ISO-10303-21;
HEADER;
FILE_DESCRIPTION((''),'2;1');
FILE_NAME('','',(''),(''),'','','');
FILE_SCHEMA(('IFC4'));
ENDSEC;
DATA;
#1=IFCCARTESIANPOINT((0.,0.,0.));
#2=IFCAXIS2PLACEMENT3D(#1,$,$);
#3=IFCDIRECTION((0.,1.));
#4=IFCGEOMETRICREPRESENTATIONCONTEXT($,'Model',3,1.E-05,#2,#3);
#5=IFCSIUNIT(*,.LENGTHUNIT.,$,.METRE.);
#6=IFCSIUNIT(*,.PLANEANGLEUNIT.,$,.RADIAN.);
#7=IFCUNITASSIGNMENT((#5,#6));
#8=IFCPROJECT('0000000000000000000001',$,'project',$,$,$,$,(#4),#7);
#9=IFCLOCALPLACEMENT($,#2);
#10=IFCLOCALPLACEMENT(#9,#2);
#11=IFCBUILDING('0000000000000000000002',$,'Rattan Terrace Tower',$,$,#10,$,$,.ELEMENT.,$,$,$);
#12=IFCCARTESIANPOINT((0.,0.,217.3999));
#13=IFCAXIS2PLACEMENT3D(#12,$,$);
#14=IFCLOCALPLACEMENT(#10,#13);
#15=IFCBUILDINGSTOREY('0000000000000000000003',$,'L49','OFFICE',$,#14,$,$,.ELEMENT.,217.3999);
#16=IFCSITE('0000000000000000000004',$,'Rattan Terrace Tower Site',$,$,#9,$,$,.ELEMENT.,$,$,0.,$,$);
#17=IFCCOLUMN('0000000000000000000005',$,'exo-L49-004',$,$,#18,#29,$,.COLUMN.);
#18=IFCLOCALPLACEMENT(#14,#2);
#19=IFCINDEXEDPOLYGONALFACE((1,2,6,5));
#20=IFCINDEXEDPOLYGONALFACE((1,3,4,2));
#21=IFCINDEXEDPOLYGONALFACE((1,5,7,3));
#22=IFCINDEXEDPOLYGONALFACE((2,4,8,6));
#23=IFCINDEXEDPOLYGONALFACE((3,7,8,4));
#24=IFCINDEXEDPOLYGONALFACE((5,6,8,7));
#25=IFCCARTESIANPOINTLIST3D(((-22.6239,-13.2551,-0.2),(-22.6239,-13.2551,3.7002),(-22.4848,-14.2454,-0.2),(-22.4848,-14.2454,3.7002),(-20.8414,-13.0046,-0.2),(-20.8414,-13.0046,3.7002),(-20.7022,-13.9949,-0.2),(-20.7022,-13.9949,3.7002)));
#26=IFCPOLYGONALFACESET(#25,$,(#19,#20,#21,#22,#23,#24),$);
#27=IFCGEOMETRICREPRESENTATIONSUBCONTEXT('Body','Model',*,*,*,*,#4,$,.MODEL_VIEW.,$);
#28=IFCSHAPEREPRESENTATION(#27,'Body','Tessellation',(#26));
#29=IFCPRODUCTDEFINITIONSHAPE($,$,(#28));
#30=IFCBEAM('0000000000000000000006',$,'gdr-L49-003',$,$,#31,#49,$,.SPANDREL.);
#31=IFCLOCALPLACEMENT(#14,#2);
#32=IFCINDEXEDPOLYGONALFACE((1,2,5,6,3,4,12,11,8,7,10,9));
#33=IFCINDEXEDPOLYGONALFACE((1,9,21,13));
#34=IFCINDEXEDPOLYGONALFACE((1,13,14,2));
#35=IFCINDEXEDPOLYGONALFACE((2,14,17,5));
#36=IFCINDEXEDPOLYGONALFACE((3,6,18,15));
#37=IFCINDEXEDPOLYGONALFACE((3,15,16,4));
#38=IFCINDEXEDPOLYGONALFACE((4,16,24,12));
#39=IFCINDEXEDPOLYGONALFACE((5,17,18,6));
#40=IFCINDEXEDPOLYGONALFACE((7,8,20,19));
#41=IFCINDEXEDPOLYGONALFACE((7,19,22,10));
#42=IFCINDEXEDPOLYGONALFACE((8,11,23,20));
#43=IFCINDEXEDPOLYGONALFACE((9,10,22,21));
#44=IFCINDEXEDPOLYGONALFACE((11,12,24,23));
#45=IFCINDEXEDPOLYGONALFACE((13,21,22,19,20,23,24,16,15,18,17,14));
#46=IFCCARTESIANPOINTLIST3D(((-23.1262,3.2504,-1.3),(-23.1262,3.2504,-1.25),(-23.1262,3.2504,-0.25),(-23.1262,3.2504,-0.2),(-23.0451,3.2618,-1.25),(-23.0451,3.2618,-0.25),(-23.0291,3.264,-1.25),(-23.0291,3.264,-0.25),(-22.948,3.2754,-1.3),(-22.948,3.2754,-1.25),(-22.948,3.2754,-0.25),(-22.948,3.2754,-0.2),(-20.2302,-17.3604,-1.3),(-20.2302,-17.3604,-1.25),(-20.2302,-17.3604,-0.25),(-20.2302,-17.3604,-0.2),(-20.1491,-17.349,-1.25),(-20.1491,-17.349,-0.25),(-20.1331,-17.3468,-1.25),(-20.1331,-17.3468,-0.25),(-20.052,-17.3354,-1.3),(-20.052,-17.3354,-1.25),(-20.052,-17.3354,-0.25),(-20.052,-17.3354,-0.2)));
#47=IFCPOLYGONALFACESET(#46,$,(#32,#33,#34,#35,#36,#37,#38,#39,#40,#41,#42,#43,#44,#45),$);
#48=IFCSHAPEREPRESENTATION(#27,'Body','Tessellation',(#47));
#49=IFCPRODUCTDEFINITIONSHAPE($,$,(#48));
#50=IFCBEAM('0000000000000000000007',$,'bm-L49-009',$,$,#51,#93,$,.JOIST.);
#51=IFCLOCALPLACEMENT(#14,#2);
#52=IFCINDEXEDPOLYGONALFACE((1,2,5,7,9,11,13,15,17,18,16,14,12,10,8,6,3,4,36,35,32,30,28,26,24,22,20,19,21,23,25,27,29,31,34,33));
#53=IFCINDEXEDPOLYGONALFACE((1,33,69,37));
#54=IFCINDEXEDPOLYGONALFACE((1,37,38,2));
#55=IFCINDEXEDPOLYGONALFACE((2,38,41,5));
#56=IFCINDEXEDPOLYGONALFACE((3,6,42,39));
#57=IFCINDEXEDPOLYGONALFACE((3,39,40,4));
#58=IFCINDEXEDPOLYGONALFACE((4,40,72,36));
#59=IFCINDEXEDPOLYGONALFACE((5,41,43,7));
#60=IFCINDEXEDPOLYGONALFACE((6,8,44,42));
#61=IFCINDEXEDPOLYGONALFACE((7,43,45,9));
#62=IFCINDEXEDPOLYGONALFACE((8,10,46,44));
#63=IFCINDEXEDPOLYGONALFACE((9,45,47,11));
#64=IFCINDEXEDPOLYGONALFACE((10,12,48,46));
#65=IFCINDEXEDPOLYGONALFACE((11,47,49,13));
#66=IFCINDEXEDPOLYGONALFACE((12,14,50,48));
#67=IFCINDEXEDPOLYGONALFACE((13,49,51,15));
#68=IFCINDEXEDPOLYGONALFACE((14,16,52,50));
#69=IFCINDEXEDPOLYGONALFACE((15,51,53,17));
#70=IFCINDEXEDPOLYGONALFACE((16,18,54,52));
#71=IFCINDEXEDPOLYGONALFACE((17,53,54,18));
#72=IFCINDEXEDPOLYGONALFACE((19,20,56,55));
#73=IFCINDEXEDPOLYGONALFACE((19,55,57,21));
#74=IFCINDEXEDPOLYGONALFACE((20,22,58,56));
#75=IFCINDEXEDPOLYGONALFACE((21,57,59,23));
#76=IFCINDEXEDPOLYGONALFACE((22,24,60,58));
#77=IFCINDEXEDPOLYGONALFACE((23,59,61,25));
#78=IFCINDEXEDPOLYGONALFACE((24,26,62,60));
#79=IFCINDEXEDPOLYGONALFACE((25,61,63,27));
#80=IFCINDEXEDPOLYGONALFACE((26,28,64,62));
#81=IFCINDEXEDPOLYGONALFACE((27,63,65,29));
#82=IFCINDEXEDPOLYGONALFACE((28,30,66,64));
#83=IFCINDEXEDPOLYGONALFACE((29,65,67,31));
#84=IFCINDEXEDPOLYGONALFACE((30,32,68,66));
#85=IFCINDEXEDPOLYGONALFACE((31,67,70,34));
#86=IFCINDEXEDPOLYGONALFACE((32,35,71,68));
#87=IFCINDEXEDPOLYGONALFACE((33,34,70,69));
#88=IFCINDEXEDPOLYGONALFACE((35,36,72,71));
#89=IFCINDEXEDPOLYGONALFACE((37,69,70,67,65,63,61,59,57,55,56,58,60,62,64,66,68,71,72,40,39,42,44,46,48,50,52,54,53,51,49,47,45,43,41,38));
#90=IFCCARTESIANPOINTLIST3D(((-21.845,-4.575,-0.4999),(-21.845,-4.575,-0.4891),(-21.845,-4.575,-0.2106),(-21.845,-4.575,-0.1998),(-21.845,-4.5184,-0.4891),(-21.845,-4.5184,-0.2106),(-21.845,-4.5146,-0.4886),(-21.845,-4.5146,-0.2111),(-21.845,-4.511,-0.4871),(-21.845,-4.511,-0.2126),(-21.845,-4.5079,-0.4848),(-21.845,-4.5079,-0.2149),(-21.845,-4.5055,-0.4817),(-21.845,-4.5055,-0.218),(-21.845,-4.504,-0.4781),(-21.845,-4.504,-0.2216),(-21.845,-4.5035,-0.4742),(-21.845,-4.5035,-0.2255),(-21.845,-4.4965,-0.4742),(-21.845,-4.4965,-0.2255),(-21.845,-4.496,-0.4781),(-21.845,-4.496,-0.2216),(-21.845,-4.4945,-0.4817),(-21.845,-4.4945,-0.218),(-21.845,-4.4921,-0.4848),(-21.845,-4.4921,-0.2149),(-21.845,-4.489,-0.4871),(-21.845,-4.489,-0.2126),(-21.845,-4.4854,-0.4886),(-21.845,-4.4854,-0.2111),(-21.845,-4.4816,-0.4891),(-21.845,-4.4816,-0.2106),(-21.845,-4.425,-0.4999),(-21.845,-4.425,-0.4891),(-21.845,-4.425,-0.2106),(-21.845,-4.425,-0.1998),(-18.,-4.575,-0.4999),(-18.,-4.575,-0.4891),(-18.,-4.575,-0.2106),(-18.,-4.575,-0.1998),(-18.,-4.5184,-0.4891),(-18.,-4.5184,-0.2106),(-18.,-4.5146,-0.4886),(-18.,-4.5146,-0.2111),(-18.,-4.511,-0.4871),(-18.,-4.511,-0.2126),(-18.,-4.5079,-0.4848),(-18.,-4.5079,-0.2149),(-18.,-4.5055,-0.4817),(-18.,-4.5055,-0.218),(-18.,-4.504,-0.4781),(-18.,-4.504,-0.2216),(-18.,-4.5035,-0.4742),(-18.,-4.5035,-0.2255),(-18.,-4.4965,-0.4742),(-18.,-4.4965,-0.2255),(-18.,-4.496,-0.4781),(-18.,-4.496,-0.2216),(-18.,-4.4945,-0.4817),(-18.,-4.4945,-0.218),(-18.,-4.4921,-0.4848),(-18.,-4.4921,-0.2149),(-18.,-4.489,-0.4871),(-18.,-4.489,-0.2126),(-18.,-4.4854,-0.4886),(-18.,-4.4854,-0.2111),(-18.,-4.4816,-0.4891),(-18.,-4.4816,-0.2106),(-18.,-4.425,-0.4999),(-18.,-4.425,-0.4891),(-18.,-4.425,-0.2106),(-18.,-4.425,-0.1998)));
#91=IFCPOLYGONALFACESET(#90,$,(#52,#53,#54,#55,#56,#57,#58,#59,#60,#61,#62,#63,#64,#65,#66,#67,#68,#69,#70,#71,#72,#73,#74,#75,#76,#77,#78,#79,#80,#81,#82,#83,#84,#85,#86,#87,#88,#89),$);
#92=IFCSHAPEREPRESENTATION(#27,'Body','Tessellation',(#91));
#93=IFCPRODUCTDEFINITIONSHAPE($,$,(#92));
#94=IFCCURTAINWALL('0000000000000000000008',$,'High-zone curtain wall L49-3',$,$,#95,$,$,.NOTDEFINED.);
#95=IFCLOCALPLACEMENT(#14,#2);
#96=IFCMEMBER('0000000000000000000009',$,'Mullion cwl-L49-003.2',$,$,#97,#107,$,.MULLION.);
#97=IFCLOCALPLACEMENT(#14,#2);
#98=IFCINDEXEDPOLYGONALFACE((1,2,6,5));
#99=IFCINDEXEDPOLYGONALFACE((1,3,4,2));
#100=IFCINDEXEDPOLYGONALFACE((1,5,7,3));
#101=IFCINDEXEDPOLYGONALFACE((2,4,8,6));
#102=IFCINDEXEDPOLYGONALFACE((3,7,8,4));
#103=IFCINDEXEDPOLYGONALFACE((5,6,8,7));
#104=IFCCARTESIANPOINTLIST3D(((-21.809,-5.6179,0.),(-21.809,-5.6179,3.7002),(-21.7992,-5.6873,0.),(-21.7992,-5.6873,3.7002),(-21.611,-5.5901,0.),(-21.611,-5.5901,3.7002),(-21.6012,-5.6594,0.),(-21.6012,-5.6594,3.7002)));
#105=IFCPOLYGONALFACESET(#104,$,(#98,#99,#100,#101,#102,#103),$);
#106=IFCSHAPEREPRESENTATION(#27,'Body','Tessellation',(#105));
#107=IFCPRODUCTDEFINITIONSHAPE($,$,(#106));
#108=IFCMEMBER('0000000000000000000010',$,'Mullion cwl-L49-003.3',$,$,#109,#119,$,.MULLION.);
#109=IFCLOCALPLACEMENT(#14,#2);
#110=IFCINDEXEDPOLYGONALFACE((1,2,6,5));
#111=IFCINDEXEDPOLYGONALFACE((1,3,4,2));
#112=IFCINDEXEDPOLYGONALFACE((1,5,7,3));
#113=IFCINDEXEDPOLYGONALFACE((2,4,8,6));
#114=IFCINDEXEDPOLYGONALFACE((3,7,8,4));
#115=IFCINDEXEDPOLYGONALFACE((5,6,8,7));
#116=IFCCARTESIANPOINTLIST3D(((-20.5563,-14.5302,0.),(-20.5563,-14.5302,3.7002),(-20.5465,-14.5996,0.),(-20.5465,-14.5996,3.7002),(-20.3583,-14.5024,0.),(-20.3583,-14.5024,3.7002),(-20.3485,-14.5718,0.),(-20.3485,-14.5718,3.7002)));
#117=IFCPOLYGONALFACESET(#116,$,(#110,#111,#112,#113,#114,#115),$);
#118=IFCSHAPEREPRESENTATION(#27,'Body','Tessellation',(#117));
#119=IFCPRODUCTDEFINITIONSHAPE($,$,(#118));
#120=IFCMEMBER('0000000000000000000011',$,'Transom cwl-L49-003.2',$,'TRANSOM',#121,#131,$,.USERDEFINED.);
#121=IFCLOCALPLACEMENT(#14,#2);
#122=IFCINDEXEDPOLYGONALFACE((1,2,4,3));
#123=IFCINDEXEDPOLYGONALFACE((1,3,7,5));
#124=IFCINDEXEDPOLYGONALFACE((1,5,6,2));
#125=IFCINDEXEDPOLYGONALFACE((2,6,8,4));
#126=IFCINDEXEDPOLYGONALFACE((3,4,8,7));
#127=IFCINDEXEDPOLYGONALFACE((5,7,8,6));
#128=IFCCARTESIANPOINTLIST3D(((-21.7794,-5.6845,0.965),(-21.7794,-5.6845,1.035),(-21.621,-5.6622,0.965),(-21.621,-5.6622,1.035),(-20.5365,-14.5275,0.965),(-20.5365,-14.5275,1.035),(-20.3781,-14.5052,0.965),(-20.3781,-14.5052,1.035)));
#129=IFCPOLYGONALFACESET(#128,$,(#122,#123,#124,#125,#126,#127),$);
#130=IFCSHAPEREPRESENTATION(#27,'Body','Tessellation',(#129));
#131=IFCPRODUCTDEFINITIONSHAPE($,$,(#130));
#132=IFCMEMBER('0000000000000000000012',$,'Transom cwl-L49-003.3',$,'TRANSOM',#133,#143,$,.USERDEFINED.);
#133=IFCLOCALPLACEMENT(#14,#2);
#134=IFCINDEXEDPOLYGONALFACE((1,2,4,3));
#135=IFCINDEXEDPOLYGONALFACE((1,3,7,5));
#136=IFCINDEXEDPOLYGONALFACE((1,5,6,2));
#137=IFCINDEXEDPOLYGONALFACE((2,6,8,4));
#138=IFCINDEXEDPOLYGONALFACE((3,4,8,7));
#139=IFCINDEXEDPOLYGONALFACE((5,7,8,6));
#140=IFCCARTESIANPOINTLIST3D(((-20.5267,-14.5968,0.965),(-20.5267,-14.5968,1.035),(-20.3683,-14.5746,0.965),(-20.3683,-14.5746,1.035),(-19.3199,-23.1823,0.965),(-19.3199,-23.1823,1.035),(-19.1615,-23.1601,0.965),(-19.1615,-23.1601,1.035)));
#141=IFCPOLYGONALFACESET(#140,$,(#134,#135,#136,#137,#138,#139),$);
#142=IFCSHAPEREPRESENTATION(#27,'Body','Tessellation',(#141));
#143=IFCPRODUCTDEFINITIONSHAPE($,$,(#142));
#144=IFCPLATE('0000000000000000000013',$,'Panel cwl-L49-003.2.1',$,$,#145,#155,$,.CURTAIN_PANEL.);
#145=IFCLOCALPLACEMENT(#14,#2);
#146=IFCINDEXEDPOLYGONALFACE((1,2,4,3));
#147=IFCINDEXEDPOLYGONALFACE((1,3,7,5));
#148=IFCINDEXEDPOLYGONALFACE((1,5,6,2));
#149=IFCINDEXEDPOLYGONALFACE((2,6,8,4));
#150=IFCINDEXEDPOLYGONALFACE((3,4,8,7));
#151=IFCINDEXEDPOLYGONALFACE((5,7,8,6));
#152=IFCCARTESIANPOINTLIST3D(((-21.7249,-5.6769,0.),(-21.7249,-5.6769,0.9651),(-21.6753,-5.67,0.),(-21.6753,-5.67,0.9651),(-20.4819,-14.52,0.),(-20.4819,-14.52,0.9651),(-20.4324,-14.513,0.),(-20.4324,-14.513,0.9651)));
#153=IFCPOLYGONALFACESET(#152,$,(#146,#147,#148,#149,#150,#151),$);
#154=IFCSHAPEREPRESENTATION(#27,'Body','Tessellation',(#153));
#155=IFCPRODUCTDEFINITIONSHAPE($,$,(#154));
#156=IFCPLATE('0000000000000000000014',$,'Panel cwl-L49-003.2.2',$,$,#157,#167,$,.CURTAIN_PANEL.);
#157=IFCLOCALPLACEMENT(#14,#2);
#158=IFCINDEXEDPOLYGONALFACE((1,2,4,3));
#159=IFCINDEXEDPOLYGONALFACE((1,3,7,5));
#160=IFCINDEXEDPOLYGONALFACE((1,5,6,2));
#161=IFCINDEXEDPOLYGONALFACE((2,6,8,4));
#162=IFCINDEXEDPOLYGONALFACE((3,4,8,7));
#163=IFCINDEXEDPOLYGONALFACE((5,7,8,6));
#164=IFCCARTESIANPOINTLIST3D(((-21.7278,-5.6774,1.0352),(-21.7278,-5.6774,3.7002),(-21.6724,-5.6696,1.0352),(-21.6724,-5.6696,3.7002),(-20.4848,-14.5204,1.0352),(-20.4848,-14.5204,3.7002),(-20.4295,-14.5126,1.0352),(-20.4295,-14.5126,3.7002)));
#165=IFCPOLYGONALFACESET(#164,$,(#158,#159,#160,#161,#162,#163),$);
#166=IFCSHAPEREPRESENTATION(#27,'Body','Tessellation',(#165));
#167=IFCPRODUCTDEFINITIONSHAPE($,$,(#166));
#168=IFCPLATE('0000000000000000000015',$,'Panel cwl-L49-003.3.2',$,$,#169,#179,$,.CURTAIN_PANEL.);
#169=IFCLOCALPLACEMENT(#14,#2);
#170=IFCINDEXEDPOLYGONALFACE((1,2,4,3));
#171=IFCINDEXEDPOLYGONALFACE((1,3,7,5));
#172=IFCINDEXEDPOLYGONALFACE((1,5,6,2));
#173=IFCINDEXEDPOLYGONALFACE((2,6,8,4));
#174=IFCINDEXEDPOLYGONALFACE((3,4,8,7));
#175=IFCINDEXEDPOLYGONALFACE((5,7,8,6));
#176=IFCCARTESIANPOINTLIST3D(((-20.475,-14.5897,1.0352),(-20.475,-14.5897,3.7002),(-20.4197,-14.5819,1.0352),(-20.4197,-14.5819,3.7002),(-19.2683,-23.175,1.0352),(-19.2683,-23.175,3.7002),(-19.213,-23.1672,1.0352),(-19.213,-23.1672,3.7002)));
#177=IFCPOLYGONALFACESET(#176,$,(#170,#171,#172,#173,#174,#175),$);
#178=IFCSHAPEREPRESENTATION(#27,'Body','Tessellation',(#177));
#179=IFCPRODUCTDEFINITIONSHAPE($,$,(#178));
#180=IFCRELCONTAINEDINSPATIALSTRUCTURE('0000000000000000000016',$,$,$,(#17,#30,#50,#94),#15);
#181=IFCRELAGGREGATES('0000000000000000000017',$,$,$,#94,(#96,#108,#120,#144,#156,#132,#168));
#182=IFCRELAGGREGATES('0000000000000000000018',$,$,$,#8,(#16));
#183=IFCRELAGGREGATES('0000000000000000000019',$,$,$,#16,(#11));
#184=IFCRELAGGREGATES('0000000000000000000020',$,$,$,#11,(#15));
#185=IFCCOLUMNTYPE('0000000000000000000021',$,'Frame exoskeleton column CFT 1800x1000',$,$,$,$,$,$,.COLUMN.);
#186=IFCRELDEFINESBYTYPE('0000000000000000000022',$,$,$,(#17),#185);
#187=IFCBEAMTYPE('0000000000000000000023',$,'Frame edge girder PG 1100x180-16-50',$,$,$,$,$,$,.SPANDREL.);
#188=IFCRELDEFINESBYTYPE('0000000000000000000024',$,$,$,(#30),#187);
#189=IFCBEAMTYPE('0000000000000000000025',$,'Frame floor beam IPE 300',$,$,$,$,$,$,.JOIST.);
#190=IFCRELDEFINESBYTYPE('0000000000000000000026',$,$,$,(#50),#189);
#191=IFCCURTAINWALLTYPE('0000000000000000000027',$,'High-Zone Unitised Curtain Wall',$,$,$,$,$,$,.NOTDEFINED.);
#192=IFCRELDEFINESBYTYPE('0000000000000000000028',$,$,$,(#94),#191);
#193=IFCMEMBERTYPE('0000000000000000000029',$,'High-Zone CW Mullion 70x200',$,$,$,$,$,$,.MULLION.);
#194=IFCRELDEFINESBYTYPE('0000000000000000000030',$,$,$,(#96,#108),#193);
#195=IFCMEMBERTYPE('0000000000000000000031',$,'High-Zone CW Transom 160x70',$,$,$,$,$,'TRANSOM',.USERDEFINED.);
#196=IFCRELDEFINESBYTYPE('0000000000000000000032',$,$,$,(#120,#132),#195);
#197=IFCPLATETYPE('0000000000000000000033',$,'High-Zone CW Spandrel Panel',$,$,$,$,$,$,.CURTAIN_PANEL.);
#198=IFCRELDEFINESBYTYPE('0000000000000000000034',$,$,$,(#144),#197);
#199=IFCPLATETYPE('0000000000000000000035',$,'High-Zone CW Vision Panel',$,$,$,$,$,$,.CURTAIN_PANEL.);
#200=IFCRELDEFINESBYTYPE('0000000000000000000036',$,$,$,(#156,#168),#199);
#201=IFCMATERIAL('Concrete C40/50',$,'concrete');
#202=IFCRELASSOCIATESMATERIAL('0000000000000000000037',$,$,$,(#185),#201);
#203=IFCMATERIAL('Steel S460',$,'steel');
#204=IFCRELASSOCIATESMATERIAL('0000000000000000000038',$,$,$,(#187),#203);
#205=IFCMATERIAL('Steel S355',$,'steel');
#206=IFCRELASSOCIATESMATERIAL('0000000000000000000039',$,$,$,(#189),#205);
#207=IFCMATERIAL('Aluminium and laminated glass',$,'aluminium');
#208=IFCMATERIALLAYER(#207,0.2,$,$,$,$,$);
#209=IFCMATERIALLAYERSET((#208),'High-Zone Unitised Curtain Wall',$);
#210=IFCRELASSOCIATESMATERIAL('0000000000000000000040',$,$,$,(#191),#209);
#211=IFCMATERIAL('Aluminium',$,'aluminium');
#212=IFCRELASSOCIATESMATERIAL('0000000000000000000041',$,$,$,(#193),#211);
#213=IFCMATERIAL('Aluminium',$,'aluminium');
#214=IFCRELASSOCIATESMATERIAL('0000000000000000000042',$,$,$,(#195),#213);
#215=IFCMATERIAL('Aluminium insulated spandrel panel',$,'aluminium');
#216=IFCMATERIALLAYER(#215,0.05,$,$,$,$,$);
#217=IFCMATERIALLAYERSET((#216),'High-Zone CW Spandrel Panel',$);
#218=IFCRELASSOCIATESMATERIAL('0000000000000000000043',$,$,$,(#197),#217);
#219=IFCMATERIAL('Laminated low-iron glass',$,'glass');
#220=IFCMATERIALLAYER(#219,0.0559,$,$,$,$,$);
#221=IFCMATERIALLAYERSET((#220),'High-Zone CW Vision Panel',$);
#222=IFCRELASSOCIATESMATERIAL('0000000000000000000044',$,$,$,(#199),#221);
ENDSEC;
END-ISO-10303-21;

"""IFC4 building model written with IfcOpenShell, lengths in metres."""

from ifc_helpers import new_model, si_unit, direction, frame, origin, origin_2d, place, context, subcontext, project, spatial, rectangle, i_section, extrude, material, layer, layer_set, material_profile, profile_set, type_object, element, aggregate, save


model = new_model("IFC4")

# Units and contexts
model_context = context("Model", 3, precision=1e-05, world=origin(), true_north=direction((0.0, 1.0)))
body_context = subcontext(model_context, "Body", "Model", "MODEL_VIEW")
ifc_project = project(units=[si_unit("LENGTHUNIT", "METRE"), si_unit("PLANEANGLEUNIT", "RADIAN")], contexts=[model_context])

# Site, building, storey
site_placement = place(None, origin())
site = spatial("IfcSite", under=ifc_project, at=site_placement, Name="Rattan Terrace Tower Site", CompositionType="ELEMENT", RefElevation=0.0)
building_placement = place(site_placement, origin())
building = spatial("IfcBuilding", under=site, at=building_placement, Name="Rattan Terrace Tower", CompositionType="ELEMENT")
storey_placement = place(building_placement, frame((0.0, 0.0, 217.3999)))
storey = spatial("IfcBuildingStorey", under=building, at=storey_placement, Name="L49", Description="OFFICE", CompositionType="ELEMENT", Elevation=217.3999)

# Column
ifc_material_1 = material(Name="Concrete C40/50", Category="concrete")
ifc_material_profile_1 = material_profile(ifc_material_1, rectangle(XDim=1.0, YDim=1.8, at=origin_2d()), Name="CFT 1800x1000")
ifc_profile_set_1 = profile_set([ifc_material_profile_1], Name="Concrete C40/50")
column_type = type_object("IfcColumnType", Name="Frame exoskeleton column CFT 1800x1000", PredefinedType="COLUMN", material=ifc_profile_set_1)
column_placement = place(storey_placement, frame((-21.6631, -13.625, -0.2), z_axis=(0.0, 0.0, 1.0), x_axis=(-0.13919, 0.990266, 0.0)))
element("IfcColumn", 1, at=column_placement, inside=storey, type_object=column_type, Name="exo-L49-004", PredefinedType="COLUMN", context=body_context, shape_type="SweptSolid", body=[
    extrude(rectangle(XDim=1.0, YDim=1.8, at=origin_2d()), origin(), (0.0, 0.0, 1.0), 3.9001),
])

# Beams
ifc_material_2 = material(Name="Steel S460", Category="steel")
ifc_material_profile_2 = material_profile(ifc_material_2, i_section(OverallWidth=0.1799, OverallDepth=1.1001, WebThickness=0.0161, FlangeThickness=0.05, at=origin_2d()), Name="PG 1100x180-16-50")
ifc_profile_set_2 = profile_set([ifc_material_profile_2], Name="Steel S460")
beam_type_1 = type_object("IfcBeamType", Name="Frame edge girder PG 1100x180-16-50", PredefinedType="SPANDREL", material=ifc_profile_set_2)
beam_1_placement = place(storey_placement, frame((-20.1411, -17.3479, -0.75), z_axis=(-0.139142, 0.990272, 0.0), x_axis=(-0.990272, -0.139142, 0.0)))
element("IfcBeam", 2, at=beam_1_placement, inside=storey, type_object=beam_type_1, Name="gdr-L49-003", PredefinedType="SPANDREL", context=body_context, shape_type="SweptSolid", body=[
    extrude(i_section(OverallWidth=0.1799, OverallDepth=1.1001, WebThickness=0.0161, FlangeThickness=0.05, at=origin_2d()), origin(), (0.0, 0.0, 1.0), 20.8132),
])
ifc_material_3 = material(Name="Steel S355", Category="steel")
ifc_material_profile_3 = material_profile(ifc_material_3, i_section(OverallWidth=0.1499, OverallDepth=0.3, WebThickness=0.0071, FlangeThickness=0.0107, FilletRadius=0.0149, at=origin_2d()), Name="IPE 300")
ifc_profile_set_3 = profile_set([ifc_material_profile_3], Name="Steel S355")
beam_type_2 = type_object("IfcBeamType", Name="Frame floor beam IPE 300", PredefinedType="JOIST", material=ifc_profile_set_3)
beam_2_placement = place(storey_placement, frame((-21.845, -4.5, -0.3499), z_axis=(1.0, 0.0, 0.0), x_axis=(0.0, 1.0, 0.0)))
element("IfcBeam", 3, at=beam_2_placement, inside=storey, type_object=beam_type_2, Name="bm-L49-009", PredefinedType="JOIST", context=body_context, shape_type="SweptSolid", body=[
    extrude(i_section(OverallWidth=0.1499, OverallDepth=0.3, WebThickness=0.0071, FlangeThickness=0.0107, FilletRadius=0.0149, at=origin_2d()), origin(), (0.0, 0.0, 1.0), 3.845),
])

# Curtain wall, members, plates
ifc_material_4 = material(Name="Aluminium and laminated glass", Category="aluminium")
ifc_layer_1 = layer(ifc_material_4, 0.2)
ifc_layer_set_1 = layer_set([ifc_layer_1], Name="High-Zone Unitised Curtain Wall")
curtain_wall_type = type_object("IfcCurtainWallType", Name="High-Zone Unitised Curtain Wall", PredefinedType="NOTDEFINED", material=ifc_layer_set_1)
curtain_wall_placement = place(storey_placement, origin())
curtain_wall = element("IfcCurtainWall", 4, at=curtain_wall_placement, inside=storey, type_object=curtain_wall_type, Name="High-zone curtain wall L49-3", PredefinedType="NOTDEFINED")
ifc_material_5 = material(Name="Aluminium", Category="aluminium")
ifc_material_profile_4 = material_profile(ifc_material_5, rectangle(XDim=0.0701, YDim=0.2, at=origin_2d()), Name="Aluminium 70x200")
ifc_profile_set_4 = profile_set([ifc_material_profile_4], Name="Aluminium")
member_type_1 = type_object("IfcMemberType", Name="High-Zone CW Mullion 70x200", PredefinedType="MULLION", material=ifc_profile_set_4)
member_1_placement = place(storey_placement, frame((-21.7051, -5.6387, 0.0), z_axis=(0.0, 0.0, 1.0), x_axis=(0.139186, -0.990266, 0.0)))
member_1 = element("IfcMember", 5, at=member_1_placement, type_object=member_type_1, Name="Mullion cwl-L49-003.2", PredefinedType="MULLION", context=body_context, shape_type="SweptSolid", body=[
    extrude(rectangle(XDim=0.0701, YDim=0.2, at=origin_2d()), origin(), (0.0, 0.0, 1.0), 3.7002),
])
member_2_placement = place(storey_placement, frame((-20.4524, -14.551, 0.0), z_axis=(0.0, 0.0, 1.0), x_axis=(0.139186, -0.990266, 0.0)))
member_2 = element("IfcMember", 6, at=member_2_placement, type_object=member_type_1, Name="Mullion cwl-L49-003.3", PredefinedType="MULLION", context=body_context, shape_type="SweptSolid", body=[
    extrude(rectangle(XDim=0.0701, YDim=0.2, at=origin_2d()), origin(), (0.0, 0.0, 1.0), 3.7002),
])
ifc_material_6 = material(Name="Aluminium", Category="aluminium")
ifc_material_profile_5 = material_profile(ifc_material_6, rectangle(XDim=0.1599, YDim=0.0701, at=origin_2d()), Name="Aluminium 160x70")
ifc_profile_set_5 = profile_set([ifc_material_profile_5], Name="Aluminium")
member_type_2 = type_object("IfcMemberType", Name="High-Zone CW Transom 160x70", ElementType="TRANSOM", PredefinedType="USERDEFINED", material=ifc_profile_set_5)
member_3_placement = place(storey_placement, frame((-21.7002, -5.6733, 1.0), z_axis=(0.139186, -0.990266, 0.0), x_axis=(0.990266, 0.139186, 0.0)))
member_3 = element("IfcMember", 7, at=member_3_placement, type_object=member_type_2, Name="Transom cwl-L49-003.2", ObjectType="TRANSOM", PredefinedType="USERDEFINED", context=body_context, shape_type="SweptSolid", body=[
    extrude(rectangle(XDim=0.1599, YDim=0.0701, at=origin_2d()), origin(), (0.0, 0.0, 1.0), 8.9299),
])
member_4_placement = place(storey_placement, frame((-20.4475, -14.5857, 1.0), z_axis=(0.139194, -0.990265, 0.0), x_axis=(0.990265, 0.139194, 0.0)))
member_4 = element("IfcMember", 8, at=member_4_placement, type_object=member_type_2, Name="Transom cwl-L49-003.3", ObjectType="TRANSOM", PredefinedType="USERDEFINED", context=body_context, shape_type="SweptSolid", body=[
    extrude(rectangle(XDim=0.1599, YDim=0.0701, at=origin_2d()), origin(), (0.0, 0.0, 1.0), 8.6699),
])
ifc_material_7 = material(Name="Aluminium insulated spandrel panel", Category="aluminium")
ifc_layer_2 = layer(ifc_material_7, 0.05)
ifc_layer_set_2 = layer_set([ifc_layer_2], Name="High-Zone CW Spandrel Panel")
plate_type_1 = type_object("IfcPlateType", Name="High-Zone CW Spandrel Panel", PredefinedType="CURTAIN_PANEL", material=ifc_layer_set_2)
plate_1_placement = place(storey_placement, frame((-21.0786, -10.095, 0.0), z_axis=(0.0, 0.0, 1.0), x_axis=(0.139186, -0.990266, 0.0)))
plate_1 = element("IfcPlate", 9, at=plate_1_placement, type_object=plate_type_1, Name="Panel cwl-L49-003.2.1", PredefinedType="CURTAIN_PANEL", context=body_context, shape_type="SweptSolid", body=[
    extrude(rectangle(XDim=8.9299, YDim=0.05, at=origin_2d()), origin(), (0.0, 0.0, 1.0), 0.9651),
])
ifc_material_8 = material(Name="Laminated low-iron glass", Category="glass")
ifc_layer_3 = layer(ifc_material_8, 0.0559)
ifc_layer_set_3 = layer_set([ifc_layer_3], Name="High-Zone CW Vision Panel")
plate_type_2 = type_object("IfcPlateType", Name="High-Zone CW Vision Panel", PredefinedType="CURTAIN_PANEL", material=ifc_layer_set_3)
plate_2_placement = place(storey_placement, frame((-21.0786, -10.095, 1.0352), z_axis=(0.0, 0.0, 1.0), x_axis=(0.139186, -0.990266, 0.0)))
plate_2 = element("IfcPlate", 10, at=plate_2_placement, type_object=plate_type_2, Name="Panel cwl-L49-003.2.2", PredefinedType="CURTAIN_PANEL", context=body_context, shape_type="SweptSolid", body=[
    extrude(rectangle(XDim=8.9299, YDim=0.0559, at=origin_2d()), origin(), (0.0, 0.0, 1.0), 2.665),
])
plate_3_placement = place(storey_placement, frame((-19.844, -18.8784, 1.0352), z_axis=(0.0, 0.0, 1.0), x_axis=(0.139186, -0.990266, 0.0)))
plate_3 = element("IfcPlate", 11, at=plate_3_placement, type_object=plate_type_2, Name="Panel cwl-L49-003.3.2", PredefinedType="CURTAIN_PANEL", context=body_context, shape_type="SweptSolid", body=[
    extrude(rectangle(XDim=8.6697, YDim=0.0559, at=origin_2d()), origin(), (0.0, 0.0, 1.0), 2.665),
])
aggregate(curtain_wall, [member_1, member_2, member_3, plate_1, plate_2, member_4, plate_3])

save(model, "model.ifc")
